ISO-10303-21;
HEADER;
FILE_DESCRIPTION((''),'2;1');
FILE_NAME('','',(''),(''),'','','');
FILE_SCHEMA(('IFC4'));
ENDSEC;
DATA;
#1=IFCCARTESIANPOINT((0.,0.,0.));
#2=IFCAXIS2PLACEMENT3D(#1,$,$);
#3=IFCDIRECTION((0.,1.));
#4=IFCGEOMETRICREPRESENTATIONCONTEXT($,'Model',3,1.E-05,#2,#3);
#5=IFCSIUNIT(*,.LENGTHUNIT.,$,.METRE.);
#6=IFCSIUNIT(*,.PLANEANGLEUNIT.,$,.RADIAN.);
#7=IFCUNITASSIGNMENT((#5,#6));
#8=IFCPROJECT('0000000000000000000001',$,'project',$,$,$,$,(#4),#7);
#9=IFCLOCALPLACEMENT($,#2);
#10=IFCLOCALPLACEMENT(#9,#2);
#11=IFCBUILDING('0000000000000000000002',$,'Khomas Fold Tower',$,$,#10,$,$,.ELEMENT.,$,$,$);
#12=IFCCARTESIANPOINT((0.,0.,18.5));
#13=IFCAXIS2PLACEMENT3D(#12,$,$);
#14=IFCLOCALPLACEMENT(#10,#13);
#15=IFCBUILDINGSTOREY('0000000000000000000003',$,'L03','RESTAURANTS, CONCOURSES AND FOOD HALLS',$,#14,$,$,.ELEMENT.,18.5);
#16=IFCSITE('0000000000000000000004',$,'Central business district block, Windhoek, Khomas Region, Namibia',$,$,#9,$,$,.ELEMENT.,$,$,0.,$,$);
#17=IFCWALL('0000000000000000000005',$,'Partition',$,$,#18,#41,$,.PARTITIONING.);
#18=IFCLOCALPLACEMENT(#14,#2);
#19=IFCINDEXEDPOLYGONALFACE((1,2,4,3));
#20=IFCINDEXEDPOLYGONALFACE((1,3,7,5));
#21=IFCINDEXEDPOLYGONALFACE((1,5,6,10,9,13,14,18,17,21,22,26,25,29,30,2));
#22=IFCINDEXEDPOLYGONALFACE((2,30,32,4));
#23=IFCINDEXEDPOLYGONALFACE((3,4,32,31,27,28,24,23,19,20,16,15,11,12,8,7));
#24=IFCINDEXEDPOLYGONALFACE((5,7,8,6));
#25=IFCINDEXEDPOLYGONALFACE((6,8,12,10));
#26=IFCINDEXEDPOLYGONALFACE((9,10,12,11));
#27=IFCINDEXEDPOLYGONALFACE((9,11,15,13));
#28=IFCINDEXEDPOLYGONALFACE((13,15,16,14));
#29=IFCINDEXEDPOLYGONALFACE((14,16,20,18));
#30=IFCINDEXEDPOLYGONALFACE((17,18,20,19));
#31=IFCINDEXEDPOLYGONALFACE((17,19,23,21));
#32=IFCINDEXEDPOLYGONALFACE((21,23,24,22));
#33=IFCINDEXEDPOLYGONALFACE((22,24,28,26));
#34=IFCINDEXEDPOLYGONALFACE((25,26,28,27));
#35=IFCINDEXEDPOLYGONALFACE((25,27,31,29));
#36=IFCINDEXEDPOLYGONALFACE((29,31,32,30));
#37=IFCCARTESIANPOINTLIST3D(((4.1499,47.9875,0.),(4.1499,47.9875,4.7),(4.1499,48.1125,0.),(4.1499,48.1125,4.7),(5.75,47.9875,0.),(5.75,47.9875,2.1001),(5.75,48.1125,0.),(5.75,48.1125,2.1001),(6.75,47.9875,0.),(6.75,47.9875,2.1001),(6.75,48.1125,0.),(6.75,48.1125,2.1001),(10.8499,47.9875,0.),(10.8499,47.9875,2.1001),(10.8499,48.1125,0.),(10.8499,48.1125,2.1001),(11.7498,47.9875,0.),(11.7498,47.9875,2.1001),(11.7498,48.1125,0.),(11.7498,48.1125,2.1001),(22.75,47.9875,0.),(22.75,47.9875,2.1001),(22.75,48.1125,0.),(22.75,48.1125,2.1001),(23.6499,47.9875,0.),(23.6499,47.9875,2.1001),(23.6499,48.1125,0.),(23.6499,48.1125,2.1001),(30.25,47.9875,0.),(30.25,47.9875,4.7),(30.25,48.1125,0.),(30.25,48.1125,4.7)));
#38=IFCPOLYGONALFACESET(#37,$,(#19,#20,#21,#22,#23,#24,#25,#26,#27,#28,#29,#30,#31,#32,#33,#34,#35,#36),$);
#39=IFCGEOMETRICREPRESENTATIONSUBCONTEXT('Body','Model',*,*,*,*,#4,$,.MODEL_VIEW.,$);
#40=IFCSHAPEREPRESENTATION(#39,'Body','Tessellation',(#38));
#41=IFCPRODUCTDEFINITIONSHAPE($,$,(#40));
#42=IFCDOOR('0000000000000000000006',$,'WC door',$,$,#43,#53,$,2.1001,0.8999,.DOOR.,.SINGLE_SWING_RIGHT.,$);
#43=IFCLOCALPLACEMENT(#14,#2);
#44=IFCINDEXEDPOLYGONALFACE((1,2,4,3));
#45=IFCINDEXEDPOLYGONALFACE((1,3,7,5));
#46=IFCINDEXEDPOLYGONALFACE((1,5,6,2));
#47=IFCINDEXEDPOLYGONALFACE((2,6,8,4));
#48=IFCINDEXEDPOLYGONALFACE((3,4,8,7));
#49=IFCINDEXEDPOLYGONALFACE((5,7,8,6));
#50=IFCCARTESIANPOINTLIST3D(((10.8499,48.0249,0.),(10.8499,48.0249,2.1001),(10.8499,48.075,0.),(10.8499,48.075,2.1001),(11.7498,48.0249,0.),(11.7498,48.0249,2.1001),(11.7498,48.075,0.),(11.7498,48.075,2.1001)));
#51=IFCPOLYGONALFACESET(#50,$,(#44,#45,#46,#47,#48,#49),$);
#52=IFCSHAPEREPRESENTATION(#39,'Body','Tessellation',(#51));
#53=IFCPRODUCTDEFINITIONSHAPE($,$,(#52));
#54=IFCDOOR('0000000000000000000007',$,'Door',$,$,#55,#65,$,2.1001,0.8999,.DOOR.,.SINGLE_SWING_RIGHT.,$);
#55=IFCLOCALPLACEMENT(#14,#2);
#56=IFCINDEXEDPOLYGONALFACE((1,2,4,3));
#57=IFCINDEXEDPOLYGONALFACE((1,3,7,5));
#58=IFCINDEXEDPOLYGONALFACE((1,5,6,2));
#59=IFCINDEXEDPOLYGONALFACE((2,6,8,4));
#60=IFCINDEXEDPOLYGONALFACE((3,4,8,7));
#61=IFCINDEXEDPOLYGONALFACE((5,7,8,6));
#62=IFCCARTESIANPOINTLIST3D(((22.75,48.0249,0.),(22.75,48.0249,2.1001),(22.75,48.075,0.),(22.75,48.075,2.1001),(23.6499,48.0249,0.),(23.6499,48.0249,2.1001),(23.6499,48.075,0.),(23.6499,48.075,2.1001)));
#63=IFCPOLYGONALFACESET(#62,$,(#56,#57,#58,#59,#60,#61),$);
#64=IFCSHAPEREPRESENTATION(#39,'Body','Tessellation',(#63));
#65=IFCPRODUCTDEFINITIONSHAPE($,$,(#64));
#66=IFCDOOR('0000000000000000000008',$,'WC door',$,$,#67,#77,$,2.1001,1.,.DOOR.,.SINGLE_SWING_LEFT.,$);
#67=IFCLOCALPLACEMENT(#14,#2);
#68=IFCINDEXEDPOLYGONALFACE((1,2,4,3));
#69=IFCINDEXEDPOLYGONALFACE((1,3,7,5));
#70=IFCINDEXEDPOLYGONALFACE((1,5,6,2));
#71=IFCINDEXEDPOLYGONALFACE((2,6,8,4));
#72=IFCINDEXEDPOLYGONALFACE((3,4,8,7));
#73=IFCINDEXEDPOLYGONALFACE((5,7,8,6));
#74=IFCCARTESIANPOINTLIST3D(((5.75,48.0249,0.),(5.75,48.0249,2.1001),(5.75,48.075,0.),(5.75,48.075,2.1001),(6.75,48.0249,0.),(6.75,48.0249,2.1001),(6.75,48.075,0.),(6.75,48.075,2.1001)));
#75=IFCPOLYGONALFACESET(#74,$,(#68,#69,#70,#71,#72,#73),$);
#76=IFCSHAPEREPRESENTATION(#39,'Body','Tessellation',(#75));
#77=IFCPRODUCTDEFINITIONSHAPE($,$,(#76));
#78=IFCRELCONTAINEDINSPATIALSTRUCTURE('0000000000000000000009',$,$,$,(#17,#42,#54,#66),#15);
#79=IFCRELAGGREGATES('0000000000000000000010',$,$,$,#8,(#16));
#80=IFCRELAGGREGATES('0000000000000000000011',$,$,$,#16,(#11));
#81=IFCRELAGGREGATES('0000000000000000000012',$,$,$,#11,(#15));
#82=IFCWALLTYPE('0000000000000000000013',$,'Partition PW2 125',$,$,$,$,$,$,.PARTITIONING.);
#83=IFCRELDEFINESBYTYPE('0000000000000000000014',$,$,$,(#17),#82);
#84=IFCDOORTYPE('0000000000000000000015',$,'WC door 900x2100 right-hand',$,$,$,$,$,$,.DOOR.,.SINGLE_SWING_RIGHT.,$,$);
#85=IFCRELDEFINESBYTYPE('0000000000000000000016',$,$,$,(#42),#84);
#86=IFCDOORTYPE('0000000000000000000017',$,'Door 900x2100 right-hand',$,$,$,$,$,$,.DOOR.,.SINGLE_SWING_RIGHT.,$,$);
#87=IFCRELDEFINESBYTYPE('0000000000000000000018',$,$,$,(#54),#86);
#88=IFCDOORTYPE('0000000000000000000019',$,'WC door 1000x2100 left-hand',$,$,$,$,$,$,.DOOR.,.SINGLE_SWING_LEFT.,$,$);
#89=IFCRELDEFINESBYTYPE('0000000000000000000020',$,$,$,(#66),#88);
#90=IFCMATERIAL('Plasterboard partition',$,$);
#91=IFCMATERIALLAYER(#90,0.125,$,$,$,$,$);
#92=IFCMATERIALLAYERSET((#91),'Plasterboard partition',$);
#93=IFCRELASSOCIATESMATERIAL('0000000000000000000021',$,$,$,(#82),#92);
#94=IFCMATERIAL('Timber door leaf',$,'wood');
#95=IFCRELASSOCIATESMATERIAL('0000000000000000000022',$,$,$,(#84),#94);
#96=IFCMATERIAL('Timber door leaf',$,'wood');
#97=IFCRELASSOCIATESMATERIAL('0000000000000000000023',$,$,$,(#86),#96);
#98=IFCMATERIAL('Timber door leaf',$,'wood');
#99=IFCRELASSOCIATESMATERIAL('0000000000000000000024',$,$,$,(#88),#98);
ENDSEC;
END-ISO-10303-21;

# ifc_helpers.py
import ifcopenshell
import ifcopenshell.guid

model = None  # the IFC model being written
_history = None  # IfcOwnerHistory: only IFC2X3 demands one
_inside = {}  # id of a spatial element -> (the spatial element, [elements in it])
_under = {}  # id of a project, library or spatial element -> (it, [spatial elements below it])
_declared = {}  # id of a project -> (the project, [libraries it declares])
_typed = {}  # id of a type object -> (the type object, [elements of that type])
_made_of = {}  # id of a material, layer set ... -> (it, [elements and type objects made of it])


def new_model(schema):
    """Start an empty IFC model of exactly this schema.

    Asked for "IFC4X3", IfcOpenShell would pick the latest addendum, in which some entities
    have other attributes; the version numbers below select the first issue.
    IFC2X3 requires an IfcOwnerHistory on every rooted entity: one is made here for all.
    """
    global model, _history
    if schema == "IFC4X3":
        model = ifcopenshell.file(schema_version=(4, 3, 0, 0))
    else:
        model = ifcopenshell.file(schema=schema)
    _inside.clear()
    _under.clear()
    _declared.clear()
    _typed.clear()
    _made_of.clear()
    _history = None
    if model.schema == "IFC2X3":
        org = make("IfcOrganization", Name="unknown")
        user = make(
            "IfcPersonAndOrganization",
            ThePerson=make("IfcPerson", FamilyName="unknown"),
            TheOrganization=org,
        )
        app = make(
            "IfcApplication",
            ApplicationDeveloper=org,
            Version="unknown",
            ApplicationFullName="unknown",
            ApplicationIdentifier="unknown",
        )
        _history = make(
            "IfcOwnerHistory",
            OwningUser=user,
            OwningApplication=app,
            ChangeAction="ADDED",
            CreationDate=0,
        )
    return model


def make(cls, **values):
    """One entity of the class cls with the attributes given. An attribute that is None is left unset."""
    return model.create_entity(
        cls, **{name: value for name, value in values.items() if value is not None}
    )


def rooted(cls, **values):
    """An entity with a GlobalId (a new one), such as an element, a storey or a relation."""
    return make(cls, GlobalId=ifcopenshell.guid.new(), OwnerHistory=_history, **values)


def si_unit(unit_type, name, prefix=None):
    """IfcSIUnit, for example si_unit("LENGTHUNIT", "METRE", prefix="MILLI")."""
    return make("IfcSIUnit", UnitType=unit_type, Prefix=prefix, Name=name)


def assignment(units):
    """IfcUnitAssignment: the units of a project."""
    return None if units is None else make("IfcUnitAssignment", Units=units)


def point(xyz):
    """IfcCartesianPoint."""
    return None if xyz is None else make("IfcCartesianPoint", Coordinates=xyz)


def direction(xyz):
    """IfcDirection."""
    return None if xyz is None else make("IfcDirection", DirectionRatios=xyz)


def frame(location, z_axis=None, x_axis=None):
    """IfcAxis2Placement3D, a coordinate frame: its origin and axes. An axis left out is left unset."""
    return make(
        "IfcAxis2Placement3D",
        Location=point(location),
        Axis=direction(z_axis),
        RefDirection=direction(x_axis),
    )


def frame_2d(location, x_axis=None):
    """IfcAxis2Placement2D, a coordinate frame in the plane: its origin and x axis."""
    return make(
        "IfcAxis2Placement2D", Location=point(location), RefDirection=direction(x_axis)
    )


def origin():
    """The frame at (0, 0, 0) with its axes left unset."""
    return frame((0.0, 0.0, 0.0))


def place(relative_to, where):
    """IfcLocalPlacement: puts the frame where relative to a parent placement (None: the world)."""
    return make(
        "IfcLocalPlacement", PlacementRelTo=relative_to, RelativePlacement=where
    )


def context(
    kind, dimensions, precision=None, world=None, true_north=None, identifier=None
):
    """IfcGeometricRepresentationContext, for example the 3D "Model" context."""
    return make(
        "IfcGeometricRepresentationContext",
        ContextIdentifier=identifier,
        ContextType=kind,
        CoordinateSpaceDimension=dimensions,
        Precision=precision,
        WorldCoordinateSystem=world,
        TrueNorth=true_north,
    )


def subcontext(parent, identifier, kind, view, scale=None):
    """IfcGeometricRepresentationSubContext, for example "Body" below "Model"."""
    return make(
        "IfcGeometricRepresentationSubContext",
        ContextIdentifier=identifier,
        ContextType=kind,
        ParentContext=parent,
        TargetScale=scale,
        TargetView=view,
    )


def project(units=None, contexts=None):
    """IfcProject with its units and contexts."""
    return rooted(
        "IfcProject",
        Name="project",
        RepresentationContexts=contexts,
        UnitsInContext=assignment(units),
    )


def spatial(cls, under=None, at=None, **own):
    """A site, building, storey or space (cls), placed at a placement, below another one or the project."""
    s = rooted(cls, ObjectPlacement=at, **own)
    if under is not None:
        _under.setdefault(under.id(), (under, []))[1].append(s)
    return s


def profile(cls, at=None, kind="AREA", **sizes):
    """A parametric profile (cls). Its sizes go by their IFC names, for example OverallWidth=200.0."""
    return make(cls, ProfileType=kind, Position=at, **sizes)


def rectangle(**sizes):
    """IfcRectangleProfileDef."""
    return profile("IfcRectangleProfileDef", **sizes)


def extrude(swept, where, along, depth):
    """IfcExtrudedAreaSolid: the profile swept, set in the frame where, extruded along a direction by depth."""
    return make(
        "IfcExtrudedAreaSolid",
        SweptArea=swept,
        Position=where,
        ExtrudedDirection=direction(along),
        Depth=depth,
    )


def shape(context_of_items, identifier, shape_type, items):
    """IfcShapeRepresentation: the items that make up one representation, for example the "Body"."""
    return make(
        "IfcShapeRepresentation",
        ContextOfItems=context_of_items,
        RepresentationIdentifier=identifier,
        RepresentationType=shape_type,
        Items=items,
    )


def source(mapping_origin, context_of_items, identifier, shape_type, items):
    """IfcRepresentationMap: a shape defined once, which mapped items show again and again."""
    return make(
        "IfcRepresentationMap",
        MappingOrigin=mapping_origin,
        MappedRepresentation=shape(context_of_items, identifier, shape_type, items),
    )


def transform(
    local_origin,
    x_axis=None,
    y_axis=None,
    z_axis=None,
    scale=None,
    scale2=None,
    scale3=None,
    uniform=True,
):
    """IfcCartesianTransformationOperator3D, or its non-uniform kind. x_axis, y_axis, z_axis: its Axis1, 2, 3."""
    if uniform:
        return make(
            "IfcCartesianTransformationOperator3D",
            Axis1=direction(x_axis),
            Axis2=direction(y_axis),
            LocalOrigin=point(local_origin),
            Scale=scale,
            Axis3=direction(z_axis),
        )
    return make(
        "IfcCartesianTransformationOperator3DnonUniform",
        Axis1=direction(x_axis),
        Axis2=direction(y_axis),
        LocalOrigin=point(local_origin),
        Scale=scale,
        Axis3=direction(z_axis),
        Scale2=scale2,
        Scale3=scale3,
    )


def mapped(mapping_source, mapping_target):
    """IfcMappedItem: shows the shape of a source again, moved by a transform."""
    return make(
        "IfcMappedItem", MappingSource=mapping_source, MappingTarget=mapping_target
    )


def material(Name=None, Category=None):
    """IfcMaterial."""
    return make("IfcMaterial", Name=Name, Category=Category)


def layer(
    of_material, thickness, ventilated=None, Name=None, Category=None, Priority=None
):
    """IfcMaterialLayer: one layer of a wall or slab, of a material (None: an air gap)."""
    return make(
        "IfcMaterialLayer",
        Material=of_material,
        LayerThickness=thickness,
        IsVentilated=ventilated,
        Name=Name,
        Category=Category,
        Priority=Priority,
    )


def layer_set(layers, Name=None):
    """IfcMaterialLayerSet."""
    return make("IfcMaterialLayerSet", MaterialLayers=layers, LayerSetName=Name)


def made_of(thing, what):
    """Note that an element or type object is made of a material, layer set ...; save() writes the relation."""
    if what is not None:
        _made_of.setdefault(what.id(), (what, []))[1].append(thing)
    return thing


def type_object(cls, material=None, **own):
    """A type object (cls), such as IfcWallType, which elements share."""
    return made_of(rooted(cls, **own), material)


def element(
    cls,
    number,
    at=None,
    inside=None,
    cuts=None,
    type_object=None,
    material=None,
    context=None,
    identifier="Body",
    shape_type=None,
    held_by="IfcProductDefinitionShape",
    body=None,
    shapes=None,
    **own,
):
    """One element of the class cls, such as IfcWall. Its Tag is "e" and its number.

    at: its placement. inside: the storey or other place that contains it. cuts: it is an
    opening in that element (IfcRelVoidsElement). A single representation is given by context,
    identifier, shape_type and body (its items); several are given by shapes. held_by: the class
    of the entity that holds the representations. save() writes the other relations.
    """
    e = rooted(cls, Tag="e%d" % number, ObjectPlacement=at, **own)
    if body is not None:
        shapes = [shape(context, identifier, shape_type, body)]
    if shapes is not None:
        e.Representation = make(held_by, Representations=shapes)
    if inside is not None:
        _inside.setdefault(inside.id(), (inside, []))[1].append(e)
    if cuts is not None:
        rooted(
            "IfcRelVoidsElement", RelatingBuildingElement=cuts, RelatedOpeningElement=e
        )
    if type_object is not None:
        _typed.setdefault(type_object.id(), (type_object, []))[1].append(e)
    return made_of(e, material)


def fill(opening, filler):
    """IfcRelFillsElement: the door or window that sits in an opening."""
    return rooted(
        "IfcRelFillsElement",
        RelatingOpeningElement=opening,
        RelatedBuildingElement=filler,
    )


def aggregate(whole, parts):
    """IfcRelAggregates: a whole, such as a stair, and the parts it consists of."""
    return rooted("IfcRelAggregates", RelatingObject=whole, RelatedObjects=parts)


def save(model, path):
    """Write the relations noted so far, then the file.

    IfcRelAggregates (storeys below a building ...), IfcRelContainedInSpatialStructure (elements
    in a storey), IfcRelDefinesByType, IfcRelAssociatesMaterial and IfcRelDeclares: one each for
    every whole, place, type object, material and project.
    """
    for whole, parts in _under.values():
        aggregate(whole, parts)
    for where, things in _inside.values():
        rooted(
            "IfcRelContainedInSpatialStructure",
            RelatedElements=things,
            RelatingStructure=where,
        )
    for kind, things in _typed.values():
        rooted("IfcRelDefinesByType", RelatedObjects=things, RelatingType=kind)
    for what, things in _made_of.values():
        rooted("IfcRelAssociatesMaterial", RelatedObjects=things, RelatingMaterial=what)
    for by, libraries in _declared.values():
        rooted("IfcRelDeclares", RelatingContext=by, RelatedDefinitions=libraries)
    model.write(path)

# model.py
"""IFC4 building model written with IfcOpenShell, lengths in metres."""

from ifc_helpers import new_model, si_unit, direction, frame, frame_2d, origin, place, context, subcontext, project, spatial, rectangle, extrude, source, transform, mapped, material, layer, layer_set, type_object, element, fill, save


model = new_model("IFC4")

# Units and contexts
model_context = context("Model", 3, precision=1e-05, world=origin(), true_north=direction((0.0, 1.0)))
body_context = subcontext(model_context, "Body", "Model", "MODEL_VIEW")
ifc_project = project(units=[si_unit("LENGTHUNIT", "METRE"), si_unit("PLANEANGLEUNIT", "RADIAN")], contexts=[model_context])

# Site, building, storey
site_placement = place(None, origin())
site = spatial("IfcSite", under=ifc_project, at=site_placement, Name="Central business district block, Windhoek, Khomas Region, Namibia", CompositionType="ELEMENT", RefElevation=0.0)
building_placement = place(site_placement, origin())
building = spatial("IfcBuilding", under=site, at=building_placement, Name="Khomas Fold Tower", CompositionType="ELEMENT")
storey_placement = place(building_placement, frame((0.0, 0.0, 18.5)))
storey = spatial("IfcBuildingStorey", under=building, at=storey_placement, Name="L03", Description="RESTAURANTS, CONCOURSES AND FOOD HALLS", CompositionType="ELEMENT", Elevation=18.5)

# Wall, openings, doors
ifc_material_1 = material(Name="Plasterboard partition")
ifc_layer_1 = layer(ifc_material_1, 0.125)
ifc_layer_set_1 = layer_set([ifc_layer_1], Name="Plasterboard partition")
wall_type_1 = type_object("IfcWallType", Name="Partition PW2 125", PredefinedType="PARTITIONING", material=ifc_layer_set_1)
shared_shape_1 = source(origin(), body_context, "Body", "SweptSolid", [
    extrude(rectangle(XDim=26.1001, YDim=0.125, at=frame_2d((13.05, 0.0))), origin(), (0.0, 0.0, 1.0), 4.7),
])
wall_1_placement = place(storey_placement, frame((4.1499, 48.05, 0.0), z_axis=(0.0, 0.0, 1.0), x_axis=(1.0, 0.0, 0.0)))
wall_1 = element("IfcWall", 1, at=wall_1_placement, inside=storey, type_object=wall_type_1, Name="Partition", PredefinedType="PARTITIONING", context=body_context, shape_type="MappedRepresentation", body=[
    mapped(shared_shape_1, transform((0.0, 0.0, 0.0))),
])
shared_shape_2 = source(origin(), body_context, "Body", "SweptSolid", [
    extrude(rectangle(XDim=1.0, YDim=2.1001, at=frame_2d((0.5, 1.05))), frame((0.0, 0.0725, 0.0), z_axis=(0.0, -1.0, 0.0), x_axis=(1.0, 0.0, 0.0)), (0.0, 0.0, 1.0), 0.145),
])
opening_1_placement = place(wall_1_placement, frame((1.6001, 0.0, 0.0)))
opening_1 = element("IfcOpeningElement", 2, at=opening_1_placement, cuts=wall_1, PredefinedType="OPENING", context=body_context, shape_type="MappedRepresentation", body=[
    mapped(shared_shape_2, transform((0.0, 0.0, 0.0))),
])
shared_shape_3 = source(origin(), body_context, "Body", "SweptSolid", [
    extrude(rectangle(XDim=0.8999, YDim=2.1001, at=frame_2d((0.45, 1.05))), frame((0.0, 0.0725, 0.0), z_axis=(0.0, -1.0, 0.0), x_axis=(1.0, 0.0, 0.0)), (0.0, 0.0, 1.0), 0.145),
])
opening_2_placement = place(wall_1_placement, frame((6.7, 0.0, 0.0)))
opening_2 = element("IfcOpeningElement", 3, at=opening_2_placement, cuts=wall_1, PredefinedType="OPENING", context=body_context, shape_type="MappedRepresentation", body=[
    mapped(shared_shape_3, transform((0.0, 0.0, 0.0))),
])
opening_3_placement = place(wall_1_placement, frame((18.6001, 0.0, 0.0)))
opening_3 = element("IfcOpeningElement", 4, at=opening_3_placement, cuts=wall_1, PredefinedType="OPENING", context=body_context, shape_type="MappedRepresentation", body=[
    mapped(shared_shape_3, transform((0.0, 0.0, 0.0))),
])
ifc_material_2 = material(Name="Timber door leaf", Category="wood")
door_type_1 = type_object("IfcDoorType", Name="WC door 900x2100 right-hand", OperationType="SINGLE_SWING_RIGHT", PredefinedType="DOOR", material=ifc_material_2)
shared_shape_4 = source(origin(), body_context, "Body", "SweptSolid", [
    extrude(rectangle(XDim=0.8999, YDim=2.1001, at=frame_2d((0.45, 1.05))), frame((0.0, 0.0249, 0.0), z_axis=(0.0, -1.0, 0.0), x_axis=(1.0, 0.0, 0.0)), (0.0, 0.0, 1.0), 0.05),
])
door_1_placement = place(opening_2_placement, origin())
door_1 = element("IfcDoor", 5, at=door_1_placement, inside=storey, type_object=door_type_1, Name="WC door", OperationType="SINGLE_SWING_RIGHT", OverallHeight=2.1001, OverallWidth=0.8999, PredefinedType="DOOR", context=body_context, shape_type="MappedRepresentation", body=[
    mapped(shared_shape_4, transform((0.0, 0.0, 0.0))),
])
fill(opening_2, door_1)
ifc_material_3 = material(Name="Timber door leaf", Category="wood")
door_type_2 = type_object("IfcDoorType", Name="Door 900x2100 right-hand", OperationType="SINGLE_SWING_RIGHT", PredefinedType="DOOR", material=ifc_material_3)
door_2_placement = place(opening_3_placement, origin())
door_2 = element("IfcDoor", 6, at=door_2_placement, inside=storey, type_object=door_type_2, Name="Door", OperationType="SINGLE_SWING_RIGHT", OverallHeight=2.1001, OverallWidth=0.8999, PredefinedType="DOOR", context=body_context, shape_type="MappedRepresentation", body=[
    mapped(shared_shape_4, transform((0.0, 0.0, 0.0))),
])
fill(opening_3, door_2)
ifc_material_4 = material(Name="Timber door leaf", Category="wood")
door_type_3 = type_object("IfcDoorType", Name="WC door 1000x2100 left-hand", OperationType="SINGLE_SWING_LEFT", PredefinedType="DOOR", material=ifc_material_4)
shared_shape_5 = source(origin(), body_context, "Body", "SweptSolid", [
    extrude(rectangle(XDim=1.0, YDim=2.1001, at=frame_2d((0.5, 1.05))), frame((0.0, 0.0249, 0.0), z_axis=(0.0, -1.0, 0.0), x_axis=(1.0, 0.0, 0.0)), (0.0, 0.0, 1.0), 0.05),
])
door_3_placement = place(opening_1_placement, origin())
door_3 = element("IfcDoor", 7, at=door_3_placement, inside=storey, type_object=door_type_3, Name="WC door", OperationType="SINGLE_SWING_LEFT", OverallHeight=2.1001, OverallWidth=1.0, PredefinedType="DOOR", context=body_context, shape_type="MappedRepresentation", body=[
    mapped(shared_shape_5, transform((0.0, 0.0, 0.0))),
])
fill(opening_1, door_3)

save(model, "model.ifc")
